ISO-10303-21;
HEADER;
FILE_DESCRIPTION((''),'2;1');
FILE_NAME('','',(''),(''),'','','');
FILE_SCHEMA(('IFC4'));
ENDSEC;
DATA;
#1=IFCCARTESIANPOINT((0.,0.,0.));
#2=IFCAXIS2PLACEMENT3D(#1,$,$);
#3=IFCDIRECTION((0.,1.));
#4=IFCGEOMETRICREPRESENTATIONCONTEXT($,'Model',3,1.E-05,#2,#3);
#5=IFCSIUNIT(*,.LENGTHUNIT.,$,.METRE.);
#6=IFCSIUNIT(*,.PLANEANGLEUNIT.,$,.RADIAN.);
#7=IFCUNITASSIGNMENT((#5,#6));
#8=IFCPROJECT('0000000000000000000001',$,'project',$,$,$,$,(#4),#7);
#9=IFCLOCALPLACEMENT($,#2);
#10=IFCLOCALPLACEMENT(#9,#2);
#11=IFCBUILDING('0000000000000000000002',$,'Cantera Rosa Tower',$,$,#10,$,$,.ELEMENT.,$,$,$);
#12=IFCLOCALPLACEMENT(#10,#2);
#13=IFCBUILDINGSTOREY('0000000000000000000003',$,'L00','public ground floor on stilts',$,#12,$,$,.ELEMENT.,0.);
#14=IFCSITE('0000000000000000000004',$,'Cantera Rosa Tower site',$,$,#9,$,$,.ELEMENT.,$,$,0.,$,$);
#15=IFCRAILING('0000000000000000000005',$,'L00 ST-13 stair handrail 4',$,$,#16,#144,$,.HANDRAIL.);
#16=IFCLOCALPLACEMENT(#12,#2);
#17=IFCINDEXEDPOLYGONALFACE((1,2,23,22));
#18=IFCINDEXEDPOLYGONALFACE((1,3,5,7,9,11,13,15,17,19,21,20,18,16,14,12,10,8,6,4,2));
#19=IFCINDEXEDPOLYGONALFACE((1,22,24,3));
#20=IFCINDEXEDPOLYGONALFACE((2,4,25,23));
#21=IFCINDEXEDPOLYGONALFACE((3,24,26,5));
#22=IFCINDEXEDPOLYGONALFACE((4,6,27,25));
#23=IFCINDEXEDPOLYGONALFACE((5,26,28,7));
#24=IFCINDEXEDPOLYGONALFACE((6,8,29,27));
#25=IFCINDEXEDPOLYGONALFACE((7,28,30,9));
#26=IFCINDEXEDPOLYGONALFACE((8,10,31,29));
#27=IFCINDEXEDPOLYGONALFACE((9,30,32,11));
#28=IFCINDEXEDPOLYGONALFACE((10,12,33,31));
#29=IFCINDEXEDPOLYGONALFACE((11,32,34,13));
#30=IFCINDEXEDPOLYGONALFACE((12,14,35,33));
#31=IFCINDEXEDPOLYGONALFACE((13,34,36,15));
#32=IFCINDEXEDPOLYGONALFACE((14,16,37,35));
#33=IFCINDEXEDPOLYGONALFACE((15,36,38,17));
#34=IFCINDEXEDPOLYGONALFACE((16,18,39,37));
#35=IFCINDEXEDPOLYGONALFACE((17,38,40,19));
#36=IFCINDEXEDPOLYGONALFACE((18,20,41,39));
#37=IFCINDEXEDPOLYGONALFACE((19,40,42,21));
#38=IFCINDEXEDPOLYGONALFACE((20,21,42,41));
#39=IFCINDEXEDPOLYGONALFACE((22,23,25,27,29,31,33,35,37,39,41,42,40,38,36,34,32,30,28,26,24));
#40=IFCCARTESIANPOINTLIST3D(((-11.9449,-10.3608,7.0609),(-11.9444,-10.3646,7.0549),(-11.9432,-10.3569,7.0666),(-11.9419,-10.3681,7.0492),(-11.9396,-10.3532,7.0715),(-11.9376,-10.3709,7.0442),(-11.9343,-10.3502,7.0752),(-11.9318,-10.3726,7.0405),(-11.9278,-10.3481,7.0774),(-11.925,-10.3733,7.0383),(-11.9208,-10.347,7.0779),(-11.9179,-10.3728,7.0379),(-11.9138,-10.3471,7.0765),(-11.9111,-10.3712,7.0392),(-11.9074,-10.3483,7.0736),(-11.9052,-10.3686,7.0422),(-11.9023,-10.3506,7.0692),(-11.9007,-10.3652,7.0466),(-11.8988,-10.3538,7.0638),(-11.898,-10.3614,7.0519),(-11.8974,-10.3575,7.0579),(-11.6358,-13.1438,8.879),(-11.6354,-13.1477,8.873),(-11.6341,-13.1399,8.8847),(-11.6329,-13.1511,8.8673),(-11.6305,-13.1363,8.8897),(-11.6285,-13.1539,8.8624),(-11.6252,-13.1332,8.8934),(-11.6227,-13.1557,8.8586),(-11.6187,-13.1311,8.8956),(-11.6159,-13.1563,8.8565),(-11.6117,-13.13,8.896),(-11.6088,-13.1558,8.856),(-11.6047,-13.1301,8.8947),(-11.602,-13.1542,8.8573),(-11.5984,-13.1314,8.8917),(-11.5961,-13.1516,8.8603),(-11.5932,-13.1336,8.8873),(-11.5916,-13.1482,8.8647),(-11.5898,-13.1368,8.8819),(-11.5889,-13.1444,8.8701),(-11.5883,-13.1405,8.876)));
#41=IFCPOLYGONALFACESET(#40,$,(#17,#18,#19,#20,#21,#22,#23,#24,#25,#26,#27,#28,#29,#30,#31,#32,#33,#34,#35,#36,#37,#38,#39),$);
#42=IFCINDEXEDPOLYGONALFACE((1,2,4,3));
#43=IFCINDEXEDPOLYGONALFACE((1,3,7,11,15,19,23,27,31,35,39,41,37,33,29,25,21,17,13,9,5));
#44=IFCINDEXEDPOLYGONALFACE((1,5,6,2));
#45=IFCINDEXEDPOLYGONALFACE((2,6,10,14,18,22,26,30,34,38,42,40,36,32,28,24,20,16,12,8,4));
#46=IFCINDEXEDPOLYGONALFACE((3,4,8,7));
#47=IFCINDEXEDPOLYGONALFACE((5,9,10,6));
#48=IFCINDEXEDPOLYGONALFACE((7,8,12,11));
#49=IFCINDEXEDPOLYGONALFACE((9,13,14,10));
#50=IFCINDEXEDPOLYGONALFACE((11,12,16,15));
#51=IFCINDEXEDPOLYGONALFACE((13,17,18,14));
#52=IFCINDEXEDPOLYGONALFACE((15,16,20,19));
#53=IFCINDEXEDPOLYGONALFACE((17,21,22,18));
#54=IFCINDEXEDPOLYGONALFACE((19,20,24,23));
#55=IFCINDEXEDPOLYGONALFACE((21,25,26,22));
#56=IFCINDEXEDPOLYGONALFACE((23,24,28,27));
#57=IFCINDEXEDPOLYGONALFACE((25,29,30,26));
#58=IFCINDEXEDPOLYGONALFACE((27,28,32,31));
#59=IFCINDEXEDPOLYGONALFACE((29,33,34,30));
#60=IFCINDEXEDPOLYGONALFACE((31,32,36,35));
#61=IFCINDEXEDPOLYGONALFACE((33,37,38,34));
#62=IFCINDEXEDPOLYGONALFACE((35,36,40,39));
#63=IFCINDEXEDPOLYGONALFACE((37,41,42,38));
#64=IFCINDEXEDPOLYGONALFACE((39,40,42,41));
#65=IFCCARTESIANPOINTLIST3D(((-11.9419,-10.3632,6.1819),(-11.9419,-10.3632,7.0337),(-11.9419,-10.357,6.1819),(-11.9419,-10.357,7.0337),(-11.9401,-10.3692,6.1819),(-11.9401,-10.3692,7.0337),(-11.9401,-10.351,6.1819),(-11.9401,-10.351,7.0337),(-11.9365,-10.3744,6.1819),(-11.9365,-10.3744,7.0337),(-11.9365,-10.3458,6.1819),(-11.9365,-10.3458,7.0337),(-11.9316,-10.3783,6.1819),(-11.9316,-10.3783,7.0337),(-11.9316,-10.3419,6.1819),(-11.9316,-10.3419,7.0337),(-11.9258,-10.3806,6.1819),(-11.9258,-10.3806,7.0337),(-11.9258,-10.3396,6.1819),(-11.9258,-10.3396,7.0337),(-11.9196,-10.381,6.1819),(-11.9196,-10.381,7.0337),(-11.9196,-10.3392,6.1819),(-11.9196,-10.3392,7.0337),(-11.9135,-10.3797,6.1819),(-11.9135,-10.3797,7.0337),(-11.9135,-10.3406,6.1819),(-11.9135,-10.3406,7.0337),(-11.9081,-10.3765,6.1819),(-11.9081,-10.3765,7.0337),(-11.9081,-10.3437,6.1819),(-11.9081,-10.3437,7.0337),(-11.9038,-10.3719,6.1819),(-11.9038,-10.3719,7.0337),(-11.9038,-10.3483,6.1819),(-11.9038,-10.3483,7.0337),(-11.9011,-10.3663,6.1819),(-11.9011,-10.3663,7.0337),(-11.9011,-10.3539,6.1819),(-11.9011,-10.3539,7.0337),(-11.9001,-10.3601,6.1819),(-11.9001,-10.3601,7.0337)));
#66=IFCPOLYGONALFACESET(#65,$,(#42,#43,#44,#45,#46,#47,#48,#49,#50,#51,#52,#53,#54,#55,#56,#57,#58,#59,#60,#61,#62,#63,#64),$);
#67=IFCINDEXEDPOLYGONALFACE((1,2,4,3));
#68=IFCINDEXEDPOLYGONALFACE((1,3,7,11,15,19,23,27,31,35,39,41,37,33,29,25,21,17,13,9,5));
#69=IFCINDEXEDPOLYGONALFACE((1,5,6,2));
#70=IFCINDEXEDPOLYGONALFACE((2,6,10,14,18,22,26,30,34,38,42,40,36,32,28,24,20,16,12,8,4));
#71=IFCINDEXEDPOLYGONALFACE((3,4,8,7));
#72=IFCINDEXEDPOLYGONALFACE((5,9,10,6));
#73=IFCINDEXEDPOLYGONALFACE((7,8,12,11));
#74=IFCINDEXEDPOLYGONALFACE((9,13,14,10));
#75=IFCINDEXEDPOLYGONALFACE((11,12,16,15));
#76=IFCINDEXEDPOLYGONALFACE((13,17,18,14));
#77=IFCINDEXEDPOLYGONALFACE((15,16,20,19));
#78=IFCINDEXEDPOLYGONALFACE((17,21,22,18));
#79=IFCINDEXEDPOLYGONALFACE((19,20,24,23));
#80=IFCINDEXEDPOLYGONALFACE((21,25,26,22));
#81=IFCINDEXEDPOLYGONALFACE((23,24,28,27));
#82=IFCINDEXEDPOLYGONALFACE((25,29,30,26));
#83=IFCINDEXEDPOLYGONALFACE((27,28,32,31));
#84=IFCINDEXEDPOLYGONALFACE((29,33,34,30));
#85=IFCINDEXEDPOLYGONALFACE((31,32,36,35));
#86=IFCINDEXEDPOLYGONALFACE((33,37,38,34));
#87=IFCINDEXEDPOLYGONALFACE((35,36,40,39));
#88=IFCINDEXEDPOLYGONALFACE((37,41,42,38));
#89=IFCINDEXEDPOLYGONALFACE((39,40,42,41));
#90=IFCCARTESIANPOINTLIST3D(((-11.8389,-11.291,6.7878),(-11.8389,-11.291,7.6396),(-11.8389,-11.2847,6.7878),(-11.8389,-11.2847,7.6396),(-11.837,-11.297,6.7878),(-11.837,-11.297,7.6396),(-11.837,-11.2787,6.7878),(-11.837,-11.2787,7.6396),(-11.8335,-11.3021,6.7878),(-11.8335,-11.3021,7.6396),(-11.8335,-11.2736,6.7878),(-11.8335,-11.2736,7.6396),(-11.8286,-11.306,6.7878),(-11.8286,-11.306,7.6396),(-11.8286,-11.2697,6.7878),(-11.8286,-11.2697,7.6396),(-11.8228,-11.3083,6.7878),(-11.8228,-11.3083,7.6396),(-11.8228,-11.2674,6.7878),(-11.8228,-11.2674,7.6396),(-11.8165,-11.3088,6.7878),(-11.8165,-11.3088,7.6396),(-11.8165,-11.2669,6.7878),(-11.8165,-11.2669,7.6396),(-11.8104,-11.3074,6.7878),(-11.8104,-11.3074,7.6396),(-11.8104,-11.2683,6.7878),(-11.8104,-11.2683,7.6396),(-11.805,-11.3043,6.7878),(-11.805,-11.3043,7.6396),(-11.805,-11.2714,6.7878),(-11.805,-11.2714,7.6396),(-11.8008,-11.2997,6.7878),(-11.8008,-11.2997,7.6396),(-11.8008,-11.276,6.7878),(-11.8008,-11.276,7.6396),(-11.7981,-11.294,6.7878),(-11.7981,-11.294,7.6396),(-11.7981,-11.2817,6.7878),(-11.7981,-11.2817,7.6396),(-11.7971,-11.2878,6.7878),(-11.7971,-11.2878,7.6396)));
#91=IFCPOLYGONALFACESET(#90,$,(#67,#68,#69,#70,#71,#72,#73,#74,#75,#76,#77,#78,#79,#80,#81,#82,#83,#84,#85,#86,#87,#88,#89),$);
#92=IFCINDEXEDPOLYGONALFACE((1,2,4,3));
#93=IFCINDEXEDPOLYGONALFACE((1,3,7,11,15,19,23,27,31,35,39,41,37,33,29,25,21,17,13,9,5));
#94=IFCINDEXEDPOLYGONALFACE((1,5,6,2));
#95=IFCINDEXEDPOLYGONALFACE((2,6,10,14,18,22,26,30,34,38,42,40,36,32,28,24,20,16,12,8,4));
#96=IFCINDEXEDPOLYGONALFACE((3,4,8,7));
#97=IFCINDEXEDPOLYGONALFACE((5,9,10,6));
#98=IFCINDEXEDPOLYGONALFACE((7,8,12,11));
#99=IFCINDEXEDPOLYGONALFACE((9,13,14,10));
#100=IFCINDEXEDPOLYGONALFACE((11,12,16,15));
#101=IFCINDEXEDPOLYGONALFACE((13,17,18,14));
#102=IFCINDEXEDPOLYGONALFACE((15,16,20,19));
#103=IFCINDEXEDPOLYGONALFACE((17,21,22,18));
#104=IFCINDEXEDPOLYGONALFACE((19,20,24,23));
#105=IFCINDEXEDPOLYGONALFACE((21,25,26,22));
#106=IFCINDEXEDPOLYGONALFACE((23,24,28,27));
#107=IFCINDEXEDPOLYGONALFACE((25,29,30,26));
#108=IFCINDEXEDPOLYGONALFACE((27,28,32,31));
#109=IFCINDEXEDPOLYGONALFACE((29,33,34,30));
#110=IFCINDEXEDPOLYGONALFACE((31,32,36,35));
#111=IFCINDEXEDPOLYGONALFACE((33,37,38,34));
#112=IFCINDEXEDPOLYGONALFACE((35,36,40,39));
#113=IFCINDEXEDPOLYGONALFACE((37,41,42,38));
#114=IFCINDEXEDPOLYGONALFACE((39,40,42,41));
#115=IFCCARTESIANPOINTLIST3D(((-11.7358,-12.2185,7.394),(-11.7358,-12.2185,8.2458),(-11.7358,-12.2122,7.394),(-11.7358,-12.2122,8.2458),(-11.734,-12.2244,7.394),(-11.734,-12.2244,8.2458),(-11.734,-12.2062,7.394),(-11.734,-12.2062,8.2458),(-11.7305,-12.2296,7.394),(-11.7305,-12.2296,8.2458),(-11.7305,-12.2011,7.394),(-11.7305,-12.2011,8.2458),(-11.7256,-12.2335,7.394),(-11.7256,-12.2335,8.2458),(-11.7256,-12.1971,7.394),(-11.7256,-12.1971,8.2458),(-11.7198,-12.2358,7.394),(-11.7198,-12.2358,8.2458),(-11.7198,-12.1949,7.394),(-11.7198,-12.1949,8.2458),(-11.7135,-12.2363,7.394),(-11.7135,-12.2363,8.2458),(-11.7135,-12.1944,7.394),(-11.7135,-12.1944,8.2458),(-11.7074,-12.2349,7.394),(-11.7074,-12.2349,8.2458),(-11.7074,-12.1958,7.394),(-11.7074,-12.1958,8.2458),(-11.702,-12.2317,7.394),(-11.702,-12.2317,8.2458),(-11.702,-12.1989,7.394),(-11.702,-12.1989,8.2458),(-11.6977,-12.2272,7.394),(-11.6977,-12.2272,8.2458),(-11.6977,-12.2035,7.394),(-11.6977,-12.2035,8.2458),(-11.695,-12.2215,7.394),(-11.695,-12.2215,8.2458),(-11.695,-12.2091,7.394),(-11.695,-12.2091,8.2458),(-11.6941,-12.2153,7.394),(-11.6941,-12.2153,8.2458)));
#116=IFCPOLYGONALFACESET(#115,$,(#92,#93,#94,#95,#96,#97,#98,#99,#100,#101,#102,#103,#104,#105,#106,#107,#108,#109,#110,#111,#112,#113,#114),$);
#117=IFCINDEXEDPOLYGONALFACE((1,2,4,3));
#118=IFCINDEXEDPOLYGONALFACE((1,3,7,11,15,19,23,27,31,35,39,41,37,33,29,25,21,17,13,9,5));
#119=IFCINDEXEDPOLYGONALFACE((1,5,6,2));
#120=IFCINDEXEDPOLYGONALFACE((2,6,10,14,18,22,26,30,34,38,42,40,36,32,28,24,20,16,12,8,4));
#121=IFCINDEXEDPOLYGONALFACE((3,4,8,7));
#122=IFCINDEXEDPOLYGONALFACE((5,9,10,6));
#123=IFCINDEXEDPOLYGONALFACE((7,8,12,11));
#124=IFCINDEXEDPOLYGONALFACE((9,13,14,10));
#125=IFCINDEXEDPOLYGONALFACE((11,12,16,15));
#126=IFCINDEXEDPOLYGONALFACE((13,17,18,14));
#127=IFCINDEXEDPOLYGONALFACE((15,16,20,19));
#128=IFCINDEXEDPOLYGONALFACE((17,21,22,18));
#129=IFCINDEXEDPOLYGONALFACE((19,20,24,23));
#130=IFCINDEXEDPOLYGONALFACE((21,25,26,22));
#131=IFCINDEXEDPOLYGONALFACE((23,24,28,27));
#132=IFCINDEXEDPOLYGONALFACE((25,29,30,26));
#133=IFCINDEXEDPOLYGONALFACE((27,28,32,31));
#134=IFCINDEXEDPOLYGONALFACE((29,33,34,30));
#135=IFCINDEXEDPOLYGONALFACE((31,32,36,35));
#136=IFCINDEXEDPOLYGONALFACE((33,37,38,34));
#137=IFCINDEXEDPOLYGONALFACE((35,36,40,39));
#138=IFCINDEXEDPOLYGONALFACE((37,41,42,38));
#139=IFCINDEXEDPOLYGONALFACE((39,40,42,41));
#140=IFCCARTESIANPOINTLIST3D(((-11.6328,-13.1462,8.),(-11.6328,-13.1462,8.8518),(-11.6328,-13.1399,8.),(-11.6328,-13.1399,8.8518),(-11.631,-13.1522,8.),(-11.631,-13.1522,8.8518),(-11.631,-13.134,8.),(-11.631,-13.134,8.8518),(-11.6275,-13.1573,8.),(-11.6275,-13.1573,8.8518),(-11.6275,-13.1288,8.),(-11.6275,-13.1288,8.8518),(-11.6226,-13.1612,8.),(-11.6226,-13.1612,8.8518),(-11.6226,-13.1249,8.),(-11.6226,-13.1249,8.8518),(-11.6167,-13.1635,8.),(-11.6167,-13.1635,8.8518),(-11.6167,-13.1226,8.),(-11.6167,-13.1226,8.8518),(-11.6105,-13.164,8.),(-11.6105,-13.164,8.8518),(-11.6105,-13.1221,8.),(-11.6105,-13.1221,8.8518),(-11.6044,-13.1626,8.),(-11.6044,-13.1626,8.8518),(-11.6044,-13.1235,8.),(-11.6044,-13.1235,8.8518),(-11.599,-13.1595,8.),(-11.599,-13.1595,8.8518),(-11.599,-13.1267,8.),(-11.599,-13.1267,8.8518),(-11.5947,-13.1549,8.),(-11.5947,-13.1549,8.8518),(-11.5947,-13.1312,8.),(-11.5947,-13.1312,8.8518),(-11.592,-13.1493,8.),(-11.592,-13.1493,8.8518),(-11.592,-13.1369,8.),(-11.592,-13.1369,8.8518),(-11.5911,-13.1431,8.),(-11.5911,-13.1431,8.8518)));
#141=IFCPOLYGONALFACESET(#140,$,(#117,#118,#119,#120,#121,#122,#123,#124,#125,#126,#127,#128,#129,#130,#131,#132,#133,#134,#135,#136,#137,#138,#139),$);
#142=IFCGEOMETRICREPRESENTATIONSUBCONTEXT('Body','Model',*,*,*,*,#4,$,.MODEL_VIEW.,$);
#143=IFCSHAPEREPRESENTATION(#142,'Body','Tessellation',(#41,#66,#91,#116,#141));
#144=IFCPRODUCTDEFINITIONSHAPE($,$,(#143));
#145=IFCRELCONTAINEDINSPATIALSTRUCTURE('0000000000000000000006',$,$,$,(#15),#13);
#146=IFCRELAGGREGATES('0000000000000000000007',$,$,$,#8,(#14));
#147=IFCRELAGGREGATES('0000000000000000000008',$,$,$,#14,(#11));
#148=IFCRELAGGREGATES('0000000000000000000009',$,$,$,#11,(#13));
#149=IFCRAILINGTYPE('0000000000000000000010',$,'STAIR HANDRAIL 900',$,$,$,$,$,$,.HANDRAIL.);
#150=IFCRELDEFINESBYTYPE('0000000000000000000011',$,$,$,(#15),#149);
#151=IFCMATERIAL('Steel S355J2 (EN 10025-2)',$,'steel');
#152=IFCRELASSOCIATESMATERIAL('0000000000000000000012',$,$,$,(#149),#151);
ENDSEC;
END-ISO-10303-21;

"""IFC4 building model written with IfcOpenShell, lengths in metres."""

from ifc_helpers import new_model, si_unit, direction, frame, origin, origin_2d, place, context, subcontext, project, spatial, circle, extrude, material, type_object, element, save


model = new_model("IFC4")

# Units and contexts
model_context = context("Model", 3, precision=1e-05, world=origin(), true_north=direction((0.0, 1.0)))
body_context = subcontext(model_context, "Body", "Model", "MODEL_VIEW")
ifc_project = project(units=[si_unit("LENGTHUNIT", "METRE"), si_unit("PLANEANGLEUNIT", "RADIAN")], contexts=[model_context])

# Site, building, storey
site_placement = place(None, origin())
site = spatial("IfcSite", under=ifc_project, at=site_placement, Name="Cantera Rosa Tower site", CompositionType="ELEMENT", RefElevation=0.0)
building_placement = place(site_placement, origin())
building = spatial("IfcBuilding", under=site, at=building_placement, Name="Cantera Rosa Tower", CompositionType="ELEMENT")
storey_placement = place(building_placement, origin())
storey = spatial("IfcBuildingStorey", under=building, at=storey_placement, Name="L00", Description="public ground floor on stilts", CompositionType="ELEMENT", Elevation=0.0)

# Railing
ifc_material_1 = material(Name="Steel S355J2 (EN 10025-2)", Category="steel")
railing_type_1 = type_object("IfcRailingType", Name="STAIR HANDRAIL 900", PredefinedType="HANDRAIL", material=ifc_material_1)
railing_1_placement = place(storey_placement, frame((-11.9211, -10.3601, 6.1819)))
element("IfcRailing", 1, at=railing_1_placement, inside=storey, type_object=railing_type_1, Name="L00 ST-13 stair handrail 4", PredefinedType="HANDRAIL", context=body_context, shape_type="SweptSolid", body=[
    extrude(circle(Radius=0.0239, at=origin_2d()), frame((0.0, 0.0, 0.876), z_axis=(0.09258, -0.833582, 0.544582), x_axis=(0.993889, 0.110384, 0.0)), (0.0, 0.0, 1.0), 3.3386),
    extrude(circle(Radius=0.021, at=origin_2d()), origin(), (0.0, 0.0, 1.0), 0.8518),
    extrude(circle(Radius=0.021, at=origin_2d()), frame((0.103, -0.9277, 0.606)), (0.0, 0.0, 1.0), 0.8518),
    extrude(circle(Radius=0.021, at=origin_2d()), frame((0.2061, -1.8552, 1.2122)), (0.0, 0.0, 1.0), 0.8518),
    extrude(circle(Radius=0.021, at=origin_2d()), frame((0.3091, -2.783, 1.8181)), (0.0, 0.0, 1.0), 0.8518),
])

save(model, "model.ifc")
